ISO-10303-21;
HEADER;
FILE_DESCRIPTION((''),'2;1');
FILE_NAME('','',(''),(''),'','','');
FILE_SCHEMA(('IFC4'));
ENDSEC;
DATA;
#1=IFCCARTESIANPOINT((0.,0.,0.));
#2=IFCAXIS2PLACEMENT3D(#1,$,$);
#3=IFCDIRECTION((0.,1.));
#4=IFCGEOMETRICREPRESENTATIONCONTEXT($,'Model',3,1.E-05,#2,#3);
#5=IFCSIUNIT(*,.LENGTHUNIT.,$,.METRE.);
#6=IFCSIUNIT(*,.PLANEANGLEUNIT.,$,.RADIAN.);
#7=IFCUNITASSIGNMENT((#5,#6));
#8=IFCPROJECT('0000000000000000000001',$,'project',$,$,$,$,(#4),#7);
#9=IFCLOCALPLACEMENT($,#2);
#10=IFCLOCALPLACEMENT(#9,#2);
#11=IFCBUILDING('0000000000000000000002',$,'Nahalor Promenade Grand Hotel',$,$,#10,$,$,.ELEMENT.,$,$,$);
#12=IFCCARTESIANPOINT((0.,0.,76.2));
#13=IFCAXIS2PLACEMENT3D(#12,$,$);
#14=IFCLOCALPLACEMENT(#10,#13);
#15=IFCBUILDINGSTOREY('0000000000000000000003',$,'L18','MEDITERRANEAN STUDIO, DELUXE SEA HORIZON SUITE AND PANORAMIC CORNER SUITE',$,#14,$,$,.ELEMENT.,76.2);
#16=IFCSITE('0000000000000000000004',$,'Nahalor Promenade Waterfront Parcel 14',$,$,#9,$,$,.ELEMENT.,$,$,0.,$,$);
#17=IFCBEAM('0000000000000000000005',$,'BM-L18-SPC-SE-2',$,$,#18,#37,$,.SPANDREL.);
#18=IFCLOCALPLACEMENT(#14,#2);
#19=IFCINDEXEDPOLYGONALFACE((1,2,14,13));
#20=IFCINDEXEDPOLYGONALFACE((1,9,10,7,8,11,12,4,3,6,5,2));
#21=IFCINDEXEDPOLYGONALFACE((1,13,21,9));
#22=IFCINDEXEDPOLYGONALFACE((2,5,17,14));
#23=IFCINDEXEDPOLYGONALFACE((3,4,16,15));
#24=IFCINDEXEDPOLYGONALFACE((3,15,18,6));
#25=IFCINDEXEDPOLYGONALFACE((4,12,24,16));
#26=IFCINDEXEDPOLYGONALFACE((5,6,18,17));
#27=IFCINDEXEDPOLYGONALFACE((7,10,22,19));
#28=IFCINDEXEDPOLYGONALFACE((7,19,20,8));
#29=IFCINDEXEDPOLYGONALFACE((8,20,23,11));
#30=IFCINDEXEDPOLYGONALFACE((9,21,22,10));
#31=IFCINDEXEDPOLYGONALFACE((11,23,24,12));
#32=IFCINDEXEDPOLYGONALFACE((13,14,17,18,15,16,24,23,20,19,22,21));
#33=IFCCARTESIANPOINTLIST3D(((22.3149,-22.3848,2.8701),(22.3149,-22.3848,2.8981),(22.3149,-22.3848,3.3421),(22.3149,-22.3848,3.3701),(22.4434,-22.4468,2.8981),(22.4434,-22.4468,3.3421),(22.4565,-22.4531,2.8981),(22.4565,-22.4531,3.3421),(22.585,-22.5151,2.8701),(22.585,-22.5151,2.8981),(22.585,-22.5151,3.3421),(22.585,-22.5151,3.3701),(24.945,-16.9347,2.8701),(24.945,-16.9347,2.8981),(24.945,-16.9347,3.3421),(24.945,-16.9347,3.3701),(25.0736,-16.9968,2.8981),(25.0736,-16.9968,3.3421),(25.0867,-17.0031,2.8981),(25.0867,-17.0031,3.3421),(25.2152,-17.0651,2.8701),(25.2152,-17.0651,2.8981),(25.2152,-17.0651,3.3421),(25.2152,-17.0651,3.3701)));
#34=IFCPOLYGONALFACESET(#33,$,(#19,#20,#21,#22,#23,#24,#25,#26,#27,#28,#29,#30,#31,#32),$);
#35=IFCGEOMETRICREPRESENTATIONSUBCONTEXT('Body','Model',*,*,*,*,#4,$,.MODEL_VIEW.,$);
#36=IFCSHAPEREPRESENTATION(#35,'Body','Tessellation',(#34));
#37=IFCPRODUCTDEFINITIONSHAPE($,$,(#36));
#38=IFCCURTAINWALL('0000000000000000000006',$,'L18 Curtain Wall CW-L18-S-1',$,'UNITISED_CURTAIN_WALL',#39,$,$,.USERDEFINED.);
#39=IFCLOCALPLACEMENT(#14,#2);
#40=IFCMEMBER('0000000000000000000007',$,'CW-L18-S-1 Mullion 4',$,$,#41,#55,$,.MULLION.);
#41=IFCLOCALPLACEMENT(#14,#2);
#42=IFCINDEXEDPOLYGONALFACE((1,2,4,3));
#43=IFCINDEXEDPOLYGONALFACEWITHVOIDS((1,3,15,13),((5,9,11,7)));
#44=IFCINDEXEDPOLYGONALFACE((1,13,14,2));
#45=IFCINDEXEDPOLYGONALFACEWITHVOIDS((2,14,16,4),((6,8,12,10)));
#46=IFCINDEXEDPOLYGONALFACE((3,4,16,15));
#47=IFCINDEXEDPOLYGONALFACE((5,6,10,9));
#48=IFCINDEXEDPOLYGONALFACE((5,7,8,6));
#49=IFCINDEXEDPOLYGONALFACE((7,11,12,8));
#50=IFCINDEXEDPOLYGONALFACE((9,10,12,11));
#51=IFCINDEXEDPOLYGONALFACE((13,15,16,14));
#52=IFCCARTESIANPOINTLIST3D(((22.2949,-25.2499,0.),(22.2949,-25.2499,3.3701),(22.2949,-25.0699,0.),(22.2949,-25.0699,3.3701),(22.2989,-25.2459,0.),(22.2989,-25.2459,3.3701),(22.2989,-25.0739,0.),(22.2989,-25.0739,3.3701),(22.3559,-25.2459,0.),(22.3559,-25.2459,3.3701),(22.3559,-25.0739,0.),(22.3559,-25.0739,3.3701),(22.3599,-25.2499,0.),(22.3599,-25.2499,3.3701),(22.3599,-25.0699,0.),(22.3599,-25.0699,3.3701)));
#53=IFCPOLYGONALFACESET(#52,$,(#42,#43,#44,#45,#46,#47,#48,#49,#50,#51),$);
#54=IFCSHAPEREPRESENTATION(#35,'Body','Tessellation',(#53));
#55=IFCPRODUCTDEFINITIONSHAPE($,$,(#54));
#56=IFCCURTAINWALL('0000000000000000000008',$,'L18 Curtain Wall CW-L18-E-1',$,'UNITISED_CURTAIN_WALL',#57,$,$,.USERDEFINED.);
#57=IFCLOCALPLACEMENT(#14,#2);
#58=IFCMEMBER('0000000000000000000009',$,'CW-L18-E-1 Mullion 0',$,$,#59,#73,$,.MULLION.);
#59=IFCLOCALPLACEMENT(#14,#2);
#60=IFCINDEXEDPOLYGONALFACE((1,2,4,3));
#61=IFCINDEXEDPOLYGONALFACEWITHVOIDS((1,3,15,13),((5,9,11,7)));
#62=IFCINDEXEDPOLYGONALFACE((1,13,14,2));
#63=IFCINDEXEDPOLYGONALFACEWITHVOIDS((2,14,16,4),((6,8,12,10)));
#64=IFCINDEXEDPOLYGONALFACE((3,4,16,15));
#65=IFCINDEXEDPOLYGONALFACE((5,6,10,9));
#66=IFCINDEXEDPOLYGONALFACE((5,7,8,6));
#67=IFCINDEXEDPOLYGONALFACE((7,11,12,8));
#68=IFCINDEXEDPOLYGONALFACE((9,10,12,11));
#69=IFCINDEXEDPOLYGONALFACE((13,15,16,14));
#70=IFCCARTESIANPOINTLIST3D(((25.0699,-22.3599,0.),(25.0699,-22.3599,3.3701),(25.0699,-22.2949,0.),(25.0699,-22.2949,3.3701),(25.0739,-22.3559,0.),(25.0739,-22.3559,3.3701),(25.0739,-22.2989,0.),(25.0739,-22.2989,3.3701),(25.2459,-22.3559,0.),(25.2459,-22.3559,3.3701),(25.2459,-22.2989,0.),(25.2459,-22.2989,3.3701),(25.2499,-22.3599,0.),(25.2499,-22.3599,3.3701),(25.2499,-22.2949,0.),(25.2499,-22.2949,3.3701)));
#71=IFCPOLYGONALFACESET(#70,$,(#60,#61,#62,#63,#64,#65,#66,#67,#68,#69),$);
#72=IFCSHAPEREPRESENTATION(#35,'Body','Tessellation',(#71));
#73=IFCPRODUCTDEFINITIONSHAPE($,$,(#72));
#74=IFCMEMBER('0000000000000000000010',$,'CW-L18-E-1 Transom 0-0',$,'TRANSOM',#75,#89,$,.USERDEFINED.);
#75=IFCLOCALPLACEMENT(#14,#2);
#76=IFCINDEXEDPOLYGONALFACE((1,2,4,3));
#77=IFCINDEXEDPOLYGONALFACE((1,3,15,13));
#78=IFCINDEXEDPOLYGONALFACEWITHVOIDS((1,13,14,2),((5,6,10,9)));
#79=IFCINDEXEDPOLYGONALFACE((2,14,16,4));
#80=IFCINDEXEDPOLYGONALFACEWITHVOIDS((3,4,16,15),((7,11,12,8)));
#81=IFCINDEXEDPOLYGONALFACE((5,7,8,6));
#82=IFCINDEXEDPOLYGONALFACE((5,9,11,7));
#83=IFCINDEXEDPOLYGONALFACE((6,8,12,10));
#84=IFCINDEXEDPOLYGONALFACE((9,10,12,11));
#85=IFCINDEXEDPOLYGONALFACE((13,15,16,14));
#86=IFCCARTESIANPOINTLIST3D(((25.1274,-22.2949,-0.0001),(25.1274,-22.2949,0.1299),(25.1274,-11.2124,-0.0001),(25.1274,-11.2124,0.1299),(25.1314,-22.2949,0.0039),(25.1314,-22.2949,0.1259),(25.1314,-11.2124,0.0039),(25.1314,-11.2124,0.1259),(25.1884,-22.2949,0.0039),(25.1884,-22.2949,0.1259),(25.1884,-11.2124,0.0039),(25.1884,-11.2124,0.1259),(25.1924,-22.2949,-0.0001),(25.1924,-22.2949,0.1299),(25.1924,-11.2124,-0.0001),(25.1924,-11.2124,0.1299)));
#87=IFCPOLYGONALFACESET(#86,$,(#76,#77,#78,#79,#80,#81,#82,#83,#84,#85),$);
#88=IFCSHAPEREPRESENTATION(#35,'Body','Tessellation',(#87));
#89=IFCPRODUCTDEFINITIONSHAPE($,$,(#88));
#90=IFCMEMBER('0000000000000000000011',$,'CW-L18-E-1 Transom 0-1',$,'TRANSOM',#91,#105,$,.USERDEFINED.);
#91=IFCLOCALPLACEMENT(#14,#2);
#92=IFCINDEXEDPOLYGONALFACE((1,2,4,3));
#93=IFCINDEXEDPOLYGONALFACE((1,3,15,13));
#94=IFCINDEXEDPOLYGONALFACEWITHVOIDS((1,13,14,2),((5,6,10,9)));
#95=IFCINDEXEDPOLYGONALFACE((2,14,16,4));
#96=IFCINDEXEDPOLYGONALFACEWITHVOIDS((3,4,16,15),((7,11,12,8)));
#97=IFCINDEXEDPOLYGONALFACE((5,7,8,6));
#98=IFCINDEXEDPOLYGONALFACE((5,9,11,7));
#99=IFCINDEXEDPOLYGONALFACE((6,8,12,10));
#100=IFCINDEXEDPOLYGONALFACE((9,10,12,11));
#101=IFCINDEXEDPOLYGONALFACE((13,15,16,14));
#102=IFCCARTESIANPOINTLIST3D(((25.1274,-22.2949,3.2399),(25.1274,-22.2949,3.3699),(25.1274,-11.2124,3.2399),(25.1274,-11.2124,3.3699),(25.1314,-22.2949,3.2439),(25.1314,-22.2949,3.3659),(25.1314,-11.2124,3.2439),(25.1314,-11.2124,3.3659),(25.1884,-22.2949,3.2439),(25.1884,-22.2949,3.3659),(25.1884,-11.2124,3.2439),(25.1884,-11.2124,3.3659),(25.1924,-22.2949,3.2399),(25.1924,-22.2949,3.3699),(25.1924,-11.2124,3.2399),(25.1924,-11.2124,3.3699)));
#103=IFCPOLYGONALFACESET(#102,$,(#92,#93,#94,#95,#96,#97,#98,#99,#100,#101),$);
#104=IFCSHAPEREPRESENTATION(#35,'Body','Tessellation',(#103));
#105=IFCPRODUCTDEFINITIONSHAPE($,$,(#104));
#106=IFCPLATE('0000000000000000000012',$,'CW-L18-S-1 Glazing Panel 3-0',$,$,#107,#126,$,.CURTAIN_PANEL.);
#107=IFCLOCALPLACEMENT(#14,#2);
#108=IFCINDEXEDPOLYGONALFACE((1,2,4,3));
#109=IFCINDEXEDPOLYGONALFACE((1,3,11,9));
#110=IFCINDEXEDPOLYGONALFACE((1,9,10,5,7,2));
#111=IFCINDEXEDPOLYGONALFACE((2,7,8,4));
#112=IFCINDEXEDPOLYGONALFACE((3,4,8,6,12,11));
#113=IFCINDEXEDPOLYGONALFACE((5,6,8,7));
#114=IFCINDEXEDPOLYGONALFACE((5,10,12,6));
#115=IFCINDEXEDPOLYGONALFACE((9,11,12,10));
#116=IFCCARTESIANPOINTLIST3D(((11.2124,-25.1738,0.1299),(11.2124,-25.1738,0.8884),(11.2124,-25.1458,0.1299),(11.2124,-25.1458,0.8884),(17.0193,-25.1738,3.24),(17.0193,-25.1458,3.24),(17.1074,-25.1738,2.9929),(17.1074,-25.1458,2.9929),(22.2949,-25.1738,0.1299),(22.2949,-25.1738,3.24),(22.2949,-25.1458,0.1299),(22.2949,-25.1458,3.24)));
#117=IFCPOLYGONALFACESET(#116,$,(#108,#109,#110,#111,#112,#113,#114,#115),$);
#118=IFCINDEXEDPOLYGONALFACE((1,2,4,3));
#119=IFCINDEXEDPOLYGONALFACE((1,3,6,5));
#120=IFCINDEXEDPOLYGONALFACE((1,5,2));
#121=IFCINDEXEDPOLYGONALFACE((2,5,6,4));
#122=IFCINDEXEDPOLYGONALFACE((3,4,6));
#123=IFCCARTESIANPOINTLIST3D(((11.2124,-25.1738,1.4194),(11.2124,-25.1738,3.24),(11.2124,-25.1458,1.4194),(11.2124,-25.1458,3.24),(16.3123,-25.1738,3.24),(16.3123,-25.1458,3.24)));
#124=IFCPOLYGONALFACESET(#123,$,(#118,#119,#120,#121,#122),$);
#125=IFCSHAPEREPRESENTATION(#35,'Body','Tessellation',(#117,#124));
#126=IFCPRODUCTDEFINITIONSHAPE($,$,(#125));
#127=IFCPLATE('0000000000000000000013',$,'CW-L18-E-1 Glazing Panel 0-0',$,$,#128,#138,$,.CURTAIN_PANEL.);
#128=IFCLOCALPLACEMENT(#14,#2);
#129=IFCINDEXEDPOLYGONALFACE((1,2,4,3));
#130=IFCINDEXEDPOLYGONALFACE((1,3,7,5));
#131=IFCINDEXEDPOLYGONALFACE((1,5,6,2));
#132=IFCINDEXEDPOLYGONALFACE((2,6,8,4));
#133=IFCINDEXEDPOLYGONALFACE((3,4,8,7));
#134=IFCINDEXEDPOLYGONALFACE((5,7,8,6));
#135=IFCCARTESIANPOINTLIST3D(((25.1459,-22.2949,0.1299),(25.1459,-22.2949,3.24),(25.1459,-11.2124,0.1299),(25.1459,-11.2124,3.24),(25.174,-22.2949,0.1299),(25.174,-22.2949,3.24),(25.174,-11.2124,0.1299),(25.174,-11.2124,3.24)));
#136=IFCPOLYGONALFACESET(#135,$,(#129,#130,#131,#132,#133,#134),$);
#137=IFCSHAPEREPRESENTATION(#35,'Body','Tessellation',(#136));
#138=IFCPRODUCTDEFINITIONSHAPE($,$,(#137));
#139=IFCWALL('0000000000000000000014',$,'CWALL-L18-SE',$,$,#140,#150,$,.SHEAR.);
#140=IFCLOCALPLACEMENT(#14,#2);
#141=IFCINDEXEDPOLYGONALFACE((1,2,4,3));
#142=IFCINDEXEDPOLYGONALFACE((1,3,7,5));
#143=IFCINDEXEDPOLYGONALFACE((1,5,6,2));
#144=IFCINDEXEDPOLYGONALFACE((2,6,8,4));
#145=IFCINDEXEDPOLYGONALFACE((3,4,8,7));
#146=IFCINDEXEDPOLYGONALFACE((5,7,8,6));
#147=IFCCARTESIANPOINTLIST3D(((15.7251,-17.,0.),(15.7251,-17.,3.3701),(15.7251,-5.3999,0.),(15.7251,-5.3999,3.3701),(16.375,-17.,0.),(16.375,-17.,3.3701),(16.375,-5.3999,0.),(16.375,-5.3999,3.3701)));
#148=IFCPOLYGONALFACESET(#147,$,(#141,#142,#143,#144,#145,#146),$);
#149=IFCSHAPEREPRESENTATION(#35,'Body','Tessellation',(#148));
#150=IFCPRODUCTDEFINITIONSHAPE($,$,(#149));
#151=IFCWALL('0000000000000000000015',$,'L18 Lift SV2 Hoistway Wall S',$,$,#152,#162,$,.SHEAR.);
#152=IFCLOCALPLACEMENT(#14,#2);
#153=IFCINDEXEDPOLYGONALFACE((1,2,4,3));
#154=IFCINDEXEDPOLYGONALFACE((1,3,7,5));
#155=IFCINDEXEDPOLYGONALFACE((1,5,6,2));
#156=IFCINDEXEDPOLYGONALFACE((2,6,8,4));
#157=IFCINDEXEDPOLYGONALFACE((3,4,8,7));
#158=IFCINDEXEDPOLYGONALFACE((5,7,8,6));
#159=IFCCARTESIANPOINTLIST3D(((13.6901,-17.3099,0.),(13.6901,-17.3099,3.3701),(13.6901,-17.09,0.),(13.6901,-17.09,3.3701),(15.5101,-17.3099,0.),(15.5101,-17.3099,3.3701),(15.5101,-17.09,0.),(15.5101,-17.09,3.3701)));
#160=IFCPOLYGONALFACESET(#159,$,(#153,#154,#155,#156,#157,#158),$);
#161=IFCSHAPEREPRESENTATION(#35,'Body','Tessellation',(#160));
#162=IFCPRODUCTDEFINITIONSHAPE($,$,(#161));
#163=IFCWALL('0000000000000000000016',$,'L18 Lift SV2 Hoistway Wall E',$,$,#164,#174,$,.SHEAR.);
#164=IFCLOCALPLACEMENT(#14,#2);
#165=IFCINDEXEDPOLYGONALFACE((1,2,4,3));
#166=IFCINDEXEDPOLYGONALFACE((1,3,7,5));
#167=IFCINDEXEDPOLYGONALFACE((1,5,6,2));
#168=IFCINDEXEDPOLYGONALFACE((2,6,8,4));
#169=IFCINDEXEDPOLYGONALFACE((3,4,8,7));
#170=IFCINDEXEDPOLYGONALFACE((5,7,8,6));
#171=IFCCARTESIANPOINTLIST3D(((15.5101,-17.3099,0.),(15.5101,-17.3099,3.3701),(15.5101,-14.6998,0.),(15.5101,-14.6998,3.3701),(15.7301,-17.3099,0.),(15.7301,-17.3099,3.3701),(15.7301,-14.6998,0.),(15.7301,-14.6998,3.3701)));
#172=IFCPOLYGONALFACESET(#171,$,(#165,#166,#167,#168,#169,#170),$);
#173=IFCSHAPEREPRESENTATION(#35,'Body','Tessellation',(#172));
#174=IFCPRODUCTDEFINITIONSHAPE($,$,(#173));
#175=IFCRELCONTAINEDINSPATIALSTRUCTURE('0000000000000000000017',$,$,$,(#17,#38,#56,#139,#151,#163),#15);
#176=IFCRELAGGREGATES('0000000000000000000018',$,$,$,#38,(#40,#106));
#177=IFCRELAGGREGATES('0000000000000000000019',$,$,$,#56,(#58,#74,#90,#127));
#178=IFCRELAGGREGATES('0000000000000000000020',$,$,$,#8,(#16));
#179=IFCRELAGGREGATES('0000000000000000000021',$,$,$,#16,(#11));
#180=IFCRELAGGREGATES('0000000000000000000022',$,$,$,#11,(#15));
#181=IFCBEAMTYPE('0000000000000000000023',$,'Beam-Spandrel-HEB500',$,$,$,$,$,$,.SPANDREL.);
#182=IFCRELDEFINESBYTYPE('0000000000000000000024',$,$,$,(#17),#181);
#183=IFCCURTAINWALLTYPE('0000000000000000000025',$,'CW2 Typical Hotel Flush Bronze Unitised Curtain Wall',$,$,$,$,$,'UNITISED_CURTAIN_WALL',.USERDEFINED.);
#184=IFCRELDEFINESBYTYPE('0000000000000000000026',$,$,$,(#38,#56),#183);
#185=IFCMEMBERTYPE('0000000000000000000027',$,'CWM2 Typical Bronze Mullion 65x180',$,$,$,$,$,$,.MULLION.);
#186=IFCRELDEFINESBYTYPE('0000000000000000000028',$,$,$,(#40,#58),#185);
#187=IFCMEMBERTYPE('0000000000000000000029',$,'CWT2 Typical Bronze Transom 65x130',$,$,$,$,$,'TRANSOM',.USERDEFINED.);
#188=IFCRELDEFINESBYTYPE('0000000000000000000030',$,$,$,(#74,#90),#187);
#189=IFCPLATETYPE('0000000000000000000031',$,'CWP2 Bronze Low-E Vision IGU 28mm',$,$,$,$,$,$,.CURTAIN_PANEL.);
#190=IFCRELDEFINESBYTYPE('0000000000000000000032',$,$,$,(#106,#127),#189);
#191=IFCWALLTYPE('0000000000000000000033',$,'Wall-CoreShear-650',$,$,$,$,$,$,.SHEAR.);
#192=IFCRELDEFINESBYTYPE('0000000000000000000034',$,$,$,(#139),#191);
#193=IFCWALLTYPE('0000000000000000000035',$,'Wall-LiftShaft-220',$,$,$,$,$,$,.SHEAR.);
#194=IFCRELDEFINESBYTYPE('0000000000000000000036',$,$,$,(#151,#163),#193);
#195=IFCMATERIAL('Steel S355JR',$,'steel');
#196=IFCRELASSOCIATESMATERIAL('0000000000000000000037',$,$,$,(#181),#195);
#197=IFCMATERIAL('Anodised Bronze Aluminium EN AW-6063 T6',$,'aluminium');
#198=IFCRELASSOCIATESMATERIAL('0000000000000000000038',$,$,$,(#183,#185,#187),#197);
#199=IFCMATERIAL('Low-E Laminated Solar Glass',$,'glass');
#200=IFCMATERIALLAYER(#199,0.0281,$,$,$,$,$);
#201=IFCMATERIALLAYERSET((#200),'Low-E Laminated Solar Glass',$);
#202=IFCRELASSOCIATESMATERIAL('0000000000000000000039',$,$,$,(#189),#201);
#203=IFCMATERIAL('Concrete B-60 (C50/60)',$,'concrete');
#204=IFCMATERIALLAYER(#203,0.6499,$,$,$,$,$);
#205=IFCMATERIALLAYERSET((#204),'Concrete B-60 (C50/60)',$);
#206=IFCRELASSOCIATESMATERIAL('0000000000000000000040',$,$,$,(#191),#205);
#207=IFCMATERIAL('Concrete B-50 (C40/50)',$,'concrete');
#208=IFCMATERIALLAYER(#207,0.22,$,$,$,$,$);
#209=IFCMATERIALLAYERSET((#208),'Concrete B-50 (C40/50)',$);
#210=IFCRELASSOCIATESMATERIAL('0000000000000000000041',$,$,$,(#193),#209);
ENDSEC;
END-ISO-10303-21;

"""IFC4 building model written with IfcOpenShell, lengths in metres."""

from ifc_helpers import new_model, si_unit, direction, frame, frame_2d, origin, origin_2d, place, context, subcontext, project, spatial, polyline, rectangle, hollow_rectangle, i_section, outline, extrude, source, transform, mapped, material, layer, layer_set, material_profile, profile_set, type_object, element, aggregate, save


model = new_model("IFC4")

# Units and contexts
model_context = context("Model", 3, precision=1e-05, world=origin(), true_north=direction((0.0, 1.0)))
body_context = subcontext(model_context, "Body", "Model", "MODEL_VIEW")
ifc_project = project(units=[si_unit("LENGTHUNIT", "METRE"), si_unit("PLANEANGLEUNIT", "RADIAN")], contexts=[model_context])

# Site, building, storey
site_placement = place(None, origin())
site = spatial("IfcSite", under=ifc_project, at=site_placement, Name="Nahalor Promenade Waterfront Parcel 14", CompositionType="ELEMENT", RefElevation=0.0)
building_placement = place(site_placement, origin())
building = spatial("IfcBuilding", under=site, at=building_placement, Name="Nahalor Promenade Grand Hotel", CompositionType="ELEMENT")
storey_placement = place(building_placement, frame((0.0, 0.0, 76.2)))
storey = spatial("IfcBuildingStorey", under=building, at=storey_placement, Name="L18", Description="MEDITERRANEAN STUDIO, DELUXE SEA HORIZON SUITE AND PANORAMIC CORNER SUITE", CompositionType="ELEMENT", Elevation=76.2)

# Beam
ifc_material_1 = material(Name="Steel S355JR", Category="steel")
ifc_material_profile_1 = material_profile(ifc_material_1, i_section(OverallWidth=0.3, OverallDepth=0.5, WebThickness=0.0145, FlangeThickness=0.028, at=origin_2d()), Name="HEB 500")
ifc_profile_set_1 = profile_set([ifc_material_profile_1], Name="Steel S355JR")
beam_type_1 = type_object("IfcBeamType", Name="Beam-Spandrel-HEB500", PredefinedType="SPANDREL", material=ifc_profile_set_1)
shared_shape_1 = source(origin(), body_context, "Body", "SweptSolid", [
    extrude(i_section(OverallWidth=0.3, OverallDepth=0.5, WebThickness=0.0145, FlangeThickness=0.028, at=origin_2d()), origin(), (0.0, 0.0, 1.0), 6.0515),
])
for number, where, z_axis, x_axis, name in (
    (1, (22.45, -22.45, 3.1201), (0.434631, 0.900609, 0.0), (-0.900609, 0.434631, 0.0), "BM-L18-SPC-SE-2"),
):
    element("IfcBeam", number, at=place(storey_placement, frame(where, z_axis=z_axis, x_axis=x_axis)), inside=storey, type_object=beam_type_1, Name=name, PredefinedType="SPANDREL", context=body_context, shape_type="MappedRepresentation", body=[
        mapped(shared_shape_1, transform((0.0, 0.0, 0.0), scale=1.0)),
    ])

# Curtain wall, member
ifc_material_2 = material(Name="Anodised Bronze Aluminium EN AW-6063 T6", Category="aluminium")
curtain_wall_type = type_object("IfcCurtainWallType", Name="CW2 Typical Hotel Flush Bronze Unitised Curtain Wall", ElementType="UNITISED_CURTAIN_WALL", PredefinedType="USERDEFINED", material=ifc_material_2)
curtain_wall_1_placement = place(storey_placement, origin())
curtain_wall_1 = element("IfcCurtainWall", 2, at=curtain_wall_1_placement, inside=storey, type_object=curtain_wall_type, Name="L18 Curtain Wall CW-L18-S-1", ObjectType="UNITISED_CURTAIN_WALL", PredefinedType="USERDEFINED")
ifc_material_profile_2 = material_profile(ifc_material_2, hollow_rectangle(XDim=0.065, YDim=0.18, WallThickness=0.004, at=origin_2d()), Name="CWM 65x180x4")
ifc_profile_set_2 = profile_set([ifc_material_profile_2], Name="Anodised Bronze Aluminium EN AW-6063 T6")
member_type_1 = type_object("IfcMemberType", Name="CWM2 Typical Bronze Mullion 65x180", PredefinedType="MULLION", material=ifc_profile_set_2)
shared_shape_2 = source(origin(), body_context, "Body", "SweptSolid", [
    extrude(hollow_rectangle(XDim=0.065, YDim=0.18, WallThickness=0.004, at=origin_2d()), origin(), (0.0, 0.0, 1.0), 3.3701),
])
member_1_placement = place(storey_placement, frame((22.3274, -25.1599, 0.0), z_axis=(0.0, 0.0, 1.0), x_axis=(1.0, 0.0, 0.0)))
member_1 = element("IfcMember", 3, at=member_1_placement, type_object=member_type_1, Name="CW-L18-S-1 Mullion 4", PredefinedType="MULLION", context=body_context, shape_type="MappedRepresentation", body=[
    mapped(shared_shape_2, transform((0.0, 0.0, 0.0), scale=1.0)),
])

# Curtain wall, members
curtain_wall_2_placement = place(storey_placement, origin())
curtain_wall_2 = element("IfcCurtainWall", 4, at=curtain_wall_2_placement, inside=storey, type_object=curtain_wall_type, Name="L18 Curtain Wall CW-L18-E-1", ObjectType="UNITISED_CURTAIN_WALL", PredefinedType="USERDEFINED")
member_2_placement = place(storey_placement, frame((25.1599, -22.3274, 0.0), z_axis=(0.0, 0.0, 1.0), x_axis=(0.0, 1.0, 0.0)))
member_2 = element("IfcMember", 5, at=member_2_placement, type_object=member_type_1, Name="CW-L18-E-1 Mullion 0", PredefinedType="MULLION", context=body_context, shape_type="MappedRepresentation", body=[
    mapped(shared_shape_2, transform((0.0, 0.0, 0.0), scale=1.0)),
])
ifc_material_profile_3 = material_profile(ifc_material_2, hollow_rectangle(XDim=0.065, YDim=0.13, WallThickness=0.004, at=origin_2d()), Name="CWT 65x130x4")
ifc_profile_set_3 = profile_set([ifc_material_profile_3], Name="Anodised Bronze Aluminium EN AW-6063 T6")
member_type_2 = type_object("IfcMemberType", Name="CWT2 Typical Bronze Transom 65x130", ElementType="TRANSOM", PredefinedType="USERDEFINED", material=ifc_profile_set_3)
shared_shape_3 = source(origin(), body_context, "Body", "SweptSolid", [
    extrude(hollow_rectangle(XDim=0.065, YDim=0.13, WallThickness=0.004, at=origin_2d()), origin(), (0.0, 0.0, 1.0), 11.0825),
])
member_3_placement = place(storey_placement, frame((25.1599, -22.2949, 0.0649), z_axis=(0.0, 1.0, 0.0), x_axis=(-1.0, 0.0, 0.0)))
member_3 = element("IfcMember", 6, at=member_3_placement, type_object=member_type_2, Name="CW-L18-E-1 Transom 0-0", ObjectType="TRANSOM", PredefinedType="USERDEFINED", context=body_context, shape_type="MappedRepresentation", body=[
    mapped(shared_shape_3, transform((0.0, 0.0, 0.0), scale=1.0)),
])
member_4_placement = place(storey_placement, frame((25.1599, -22.2949, 3.3049), z_axis=(0.0, 1.0, 0.0), x_axis=(-1.0, 0.0, 0.0)))
member_4 = element("IfcMember", 7, at=member_4_placement, type_object=member_type_2, Name="CW-L18-E-1 Transom 0-1", ObjectType="TRANSOM", PredefinedType="USERDEFINED", context=body_context, shape_type="MappedRepresentation", body=[
    mapped(shared_shape_3, transform((0.0, 0.0, 0.0), scale=1.0)),
])

# Plates
ifc_material_3 = material(Name="Low-E Laminated Solar Glass", Category="glass")
ifc_layer_1 = layer(ifc_material_3, 0.0281)
ifc_layer_set_1 = layer_set([ifc_layer_1], Name="Low-E Laminated Solar Glass")
plate_type = type_object("IfcPlateType", Name="CWP2 Bronze Low-E Vision IGU 28mm", PredefinedType="CURTAIN_PANEL", material=ifc_layer_set_1)
plate_1_placement = place(storey_placement, frame((16.7537, -25.1599, 0.1299), z_axis=(0.0, 0.0, 1.0), x_axis=(1.0, 0.0, 0.0)))
plate_1 = element("IfcPlate", 8, at=plate_1_placement, type_object=plate_type, Name="CW-L18-S-1 Glazing Panel 3-0", PredefinedType="CURTAIN_PANEL", context=body_context, shape_type="SweptSolid", body=[
    extrude(outline(polyline([(5.5413, 0.0), (5.5413, 3.1101), (0.2656, 3.1101), (0.3538, 2.863), (-5.5413, 0.7585), (-5.5413, 0.0), (5.5413, 0.0)])), frame((0.0, 0.0142, 0.0), z_axis=(0.0, -1.0, 0.0), x_axis=(1.0, 0.0, 0.0)), (0.0, 0.0, 1.0), 0.0281),
    extrude(outline(polyline([(-0.4414, 3.1101), (-5.5413, 3.1101), (-5.5413, 1.2896), (-0.4414, 3.1101)])), frame((0.0, 0.0142, 0.0), z_axis=(0.0, -1.0, 0.0), x_axis=(1.0, 0.0, 0.0)), (0.0, 0.0, 1.0), 0.0281),
])
aggregate(curtain_wall_1, [member_1, plate_1])
shared_shape_4 = source(origin(), body_context, "Body", "SweptSolid", [
    extrude(rectangle(XDim=11.0825, YDim=0.0281, at=origin_2d()), origin(), (0.0, 0.0, 1.0), 3.1101),
])
plate_2_placement = place(storey_placement, frame((25.1599, -16.7537, 0.1299), z_axis=(0.0, 0.0, 1.0), x_axis=(0.0, 1.0, 0.0)))
plate_2 = element("IfcPlate", 9, at=plate_2_placement, type_object=plate_type, Name="CW-L18-E-1 Glazing Panel 0-0", PredefinedType="CURTAIN_PANEL", context=body_context, shape_type="MappedRepresentation", body=[
    mapped(shared_shape_4, transform((0.0, 0.0, 0.0), scale=1.0)),
])
aggregate(curtain_wall_2, [member_2, member_3, member_4, plate_2])

# Walls
ifc_material_4 = material(Name="Concrete B-60 (C50/60)", Category="concrete")
ifc_layer_2 = layer(ifc_material_4, 0.6499)
ifc_layer_set_2 = layer_set([ifc_layer_2], Name="Concrete B-60 (C50/60)")
wall_type_1 = type_object("IfcWallType", Name="Wall-CoreShear-650", PredefinedType="SHEAR", material=ifc_layer_set_2)
shared_shape_5 = source(origin(), body_context, "Body", "SweptSolid", [
    extrude(rectangle(XDim=11.6001, YDim=0.6499, at=frame_2d((5.8, 0.0))), origin(), (0.0, 0.0, 1.0), 3.3701),
])
wall_1_placement = place(storey_placement, frame((16.05, -17.0, 0.0), z_axis=(0.0, 0.0, 1.0), x_axis=(0.0, 1.0, 0.0)))
element("IfcWall", 10, at=wall_1_placement, inside=storey, type_object=wall_type_1, Name="CWALL-L18-SE", PredefinedType="SHEAR", context=body_context, shape_type="MappedRepresentation", body=[
    mapped(shared_shape_5, transform((0.0, 0.0, 0.0), scale=1.0)),
])
ifc_material_5 = material(Name="Concrete B-50 (C40/50)", Category="concrete")
ifc_layer_3 = layer(ifc_material_5, 0.22)
ifc_layer_set_3 = layer_set([ifc_layer_3], Name="Concrete B-50 (C40/50)")
wall_type_2 = type_object("IfcWallType", Name="Wall-LiftShaft-220", PredefinedType="SHEAR", material=ifc_layer_set_3)
shared_shape_6 = source(origin(), body_context, "Body", "SweptSolid", [
    extrude(rectangle(XDim=1.8201, YDim=0.22, at=frame_2d((0.9102, 0.0))), origin(), (0.0, 0.0, 1.0), 3.3701),
])
wall_2_placement = place(storey_placement, frame((13.6899, -17.2, 0.0), z_axis=(0.0, 0.0, 1.0), x_axis=(1.0, 0.0, 0.0)))
element("IfcWall", 11, at=wall_2_placement, inside=storey, type_object=wall_type_2, Name="L18 Lift SV2 Hoistway Wall S", PredefinedType="SHEAR", context=body_context, shape_type="MappedRepresentation", body=[
    mapped(shared_shape_6, transform((0.0, 0.0, 0.0), scale=1.0)),
])
shared_shape_7 = source(origin(), body_context, "Body", "SweptSolid", [
    extrude(rectangle(XDim=2.6101, YDim=0.22, at=frame_2d((1.3052, 0.0))), origin(), (0.0, 0.0, 1.0), 3.3701),
])
wall_3_placement = place(storey_placement, frame((15.6201, -17.3101, 0.0), z_axis=(0.0, 0.0, 1.0), x_axis=(0.0, 1.0, 0.0)))
element("IfcWall", 12, at=wall_3_placement, inside=storey, type_object=wall_type_2, Name="L18 Lift SV2 Hoistway Wall E", PredefinedType="SHEAR", context=body_context, shape_type="MappedRepresentation", body=[
    mapped(shared_shape_7, transform((0.0, 0.0, 0.0), scale=1.0)),
])

save(model, "model.ifc")
